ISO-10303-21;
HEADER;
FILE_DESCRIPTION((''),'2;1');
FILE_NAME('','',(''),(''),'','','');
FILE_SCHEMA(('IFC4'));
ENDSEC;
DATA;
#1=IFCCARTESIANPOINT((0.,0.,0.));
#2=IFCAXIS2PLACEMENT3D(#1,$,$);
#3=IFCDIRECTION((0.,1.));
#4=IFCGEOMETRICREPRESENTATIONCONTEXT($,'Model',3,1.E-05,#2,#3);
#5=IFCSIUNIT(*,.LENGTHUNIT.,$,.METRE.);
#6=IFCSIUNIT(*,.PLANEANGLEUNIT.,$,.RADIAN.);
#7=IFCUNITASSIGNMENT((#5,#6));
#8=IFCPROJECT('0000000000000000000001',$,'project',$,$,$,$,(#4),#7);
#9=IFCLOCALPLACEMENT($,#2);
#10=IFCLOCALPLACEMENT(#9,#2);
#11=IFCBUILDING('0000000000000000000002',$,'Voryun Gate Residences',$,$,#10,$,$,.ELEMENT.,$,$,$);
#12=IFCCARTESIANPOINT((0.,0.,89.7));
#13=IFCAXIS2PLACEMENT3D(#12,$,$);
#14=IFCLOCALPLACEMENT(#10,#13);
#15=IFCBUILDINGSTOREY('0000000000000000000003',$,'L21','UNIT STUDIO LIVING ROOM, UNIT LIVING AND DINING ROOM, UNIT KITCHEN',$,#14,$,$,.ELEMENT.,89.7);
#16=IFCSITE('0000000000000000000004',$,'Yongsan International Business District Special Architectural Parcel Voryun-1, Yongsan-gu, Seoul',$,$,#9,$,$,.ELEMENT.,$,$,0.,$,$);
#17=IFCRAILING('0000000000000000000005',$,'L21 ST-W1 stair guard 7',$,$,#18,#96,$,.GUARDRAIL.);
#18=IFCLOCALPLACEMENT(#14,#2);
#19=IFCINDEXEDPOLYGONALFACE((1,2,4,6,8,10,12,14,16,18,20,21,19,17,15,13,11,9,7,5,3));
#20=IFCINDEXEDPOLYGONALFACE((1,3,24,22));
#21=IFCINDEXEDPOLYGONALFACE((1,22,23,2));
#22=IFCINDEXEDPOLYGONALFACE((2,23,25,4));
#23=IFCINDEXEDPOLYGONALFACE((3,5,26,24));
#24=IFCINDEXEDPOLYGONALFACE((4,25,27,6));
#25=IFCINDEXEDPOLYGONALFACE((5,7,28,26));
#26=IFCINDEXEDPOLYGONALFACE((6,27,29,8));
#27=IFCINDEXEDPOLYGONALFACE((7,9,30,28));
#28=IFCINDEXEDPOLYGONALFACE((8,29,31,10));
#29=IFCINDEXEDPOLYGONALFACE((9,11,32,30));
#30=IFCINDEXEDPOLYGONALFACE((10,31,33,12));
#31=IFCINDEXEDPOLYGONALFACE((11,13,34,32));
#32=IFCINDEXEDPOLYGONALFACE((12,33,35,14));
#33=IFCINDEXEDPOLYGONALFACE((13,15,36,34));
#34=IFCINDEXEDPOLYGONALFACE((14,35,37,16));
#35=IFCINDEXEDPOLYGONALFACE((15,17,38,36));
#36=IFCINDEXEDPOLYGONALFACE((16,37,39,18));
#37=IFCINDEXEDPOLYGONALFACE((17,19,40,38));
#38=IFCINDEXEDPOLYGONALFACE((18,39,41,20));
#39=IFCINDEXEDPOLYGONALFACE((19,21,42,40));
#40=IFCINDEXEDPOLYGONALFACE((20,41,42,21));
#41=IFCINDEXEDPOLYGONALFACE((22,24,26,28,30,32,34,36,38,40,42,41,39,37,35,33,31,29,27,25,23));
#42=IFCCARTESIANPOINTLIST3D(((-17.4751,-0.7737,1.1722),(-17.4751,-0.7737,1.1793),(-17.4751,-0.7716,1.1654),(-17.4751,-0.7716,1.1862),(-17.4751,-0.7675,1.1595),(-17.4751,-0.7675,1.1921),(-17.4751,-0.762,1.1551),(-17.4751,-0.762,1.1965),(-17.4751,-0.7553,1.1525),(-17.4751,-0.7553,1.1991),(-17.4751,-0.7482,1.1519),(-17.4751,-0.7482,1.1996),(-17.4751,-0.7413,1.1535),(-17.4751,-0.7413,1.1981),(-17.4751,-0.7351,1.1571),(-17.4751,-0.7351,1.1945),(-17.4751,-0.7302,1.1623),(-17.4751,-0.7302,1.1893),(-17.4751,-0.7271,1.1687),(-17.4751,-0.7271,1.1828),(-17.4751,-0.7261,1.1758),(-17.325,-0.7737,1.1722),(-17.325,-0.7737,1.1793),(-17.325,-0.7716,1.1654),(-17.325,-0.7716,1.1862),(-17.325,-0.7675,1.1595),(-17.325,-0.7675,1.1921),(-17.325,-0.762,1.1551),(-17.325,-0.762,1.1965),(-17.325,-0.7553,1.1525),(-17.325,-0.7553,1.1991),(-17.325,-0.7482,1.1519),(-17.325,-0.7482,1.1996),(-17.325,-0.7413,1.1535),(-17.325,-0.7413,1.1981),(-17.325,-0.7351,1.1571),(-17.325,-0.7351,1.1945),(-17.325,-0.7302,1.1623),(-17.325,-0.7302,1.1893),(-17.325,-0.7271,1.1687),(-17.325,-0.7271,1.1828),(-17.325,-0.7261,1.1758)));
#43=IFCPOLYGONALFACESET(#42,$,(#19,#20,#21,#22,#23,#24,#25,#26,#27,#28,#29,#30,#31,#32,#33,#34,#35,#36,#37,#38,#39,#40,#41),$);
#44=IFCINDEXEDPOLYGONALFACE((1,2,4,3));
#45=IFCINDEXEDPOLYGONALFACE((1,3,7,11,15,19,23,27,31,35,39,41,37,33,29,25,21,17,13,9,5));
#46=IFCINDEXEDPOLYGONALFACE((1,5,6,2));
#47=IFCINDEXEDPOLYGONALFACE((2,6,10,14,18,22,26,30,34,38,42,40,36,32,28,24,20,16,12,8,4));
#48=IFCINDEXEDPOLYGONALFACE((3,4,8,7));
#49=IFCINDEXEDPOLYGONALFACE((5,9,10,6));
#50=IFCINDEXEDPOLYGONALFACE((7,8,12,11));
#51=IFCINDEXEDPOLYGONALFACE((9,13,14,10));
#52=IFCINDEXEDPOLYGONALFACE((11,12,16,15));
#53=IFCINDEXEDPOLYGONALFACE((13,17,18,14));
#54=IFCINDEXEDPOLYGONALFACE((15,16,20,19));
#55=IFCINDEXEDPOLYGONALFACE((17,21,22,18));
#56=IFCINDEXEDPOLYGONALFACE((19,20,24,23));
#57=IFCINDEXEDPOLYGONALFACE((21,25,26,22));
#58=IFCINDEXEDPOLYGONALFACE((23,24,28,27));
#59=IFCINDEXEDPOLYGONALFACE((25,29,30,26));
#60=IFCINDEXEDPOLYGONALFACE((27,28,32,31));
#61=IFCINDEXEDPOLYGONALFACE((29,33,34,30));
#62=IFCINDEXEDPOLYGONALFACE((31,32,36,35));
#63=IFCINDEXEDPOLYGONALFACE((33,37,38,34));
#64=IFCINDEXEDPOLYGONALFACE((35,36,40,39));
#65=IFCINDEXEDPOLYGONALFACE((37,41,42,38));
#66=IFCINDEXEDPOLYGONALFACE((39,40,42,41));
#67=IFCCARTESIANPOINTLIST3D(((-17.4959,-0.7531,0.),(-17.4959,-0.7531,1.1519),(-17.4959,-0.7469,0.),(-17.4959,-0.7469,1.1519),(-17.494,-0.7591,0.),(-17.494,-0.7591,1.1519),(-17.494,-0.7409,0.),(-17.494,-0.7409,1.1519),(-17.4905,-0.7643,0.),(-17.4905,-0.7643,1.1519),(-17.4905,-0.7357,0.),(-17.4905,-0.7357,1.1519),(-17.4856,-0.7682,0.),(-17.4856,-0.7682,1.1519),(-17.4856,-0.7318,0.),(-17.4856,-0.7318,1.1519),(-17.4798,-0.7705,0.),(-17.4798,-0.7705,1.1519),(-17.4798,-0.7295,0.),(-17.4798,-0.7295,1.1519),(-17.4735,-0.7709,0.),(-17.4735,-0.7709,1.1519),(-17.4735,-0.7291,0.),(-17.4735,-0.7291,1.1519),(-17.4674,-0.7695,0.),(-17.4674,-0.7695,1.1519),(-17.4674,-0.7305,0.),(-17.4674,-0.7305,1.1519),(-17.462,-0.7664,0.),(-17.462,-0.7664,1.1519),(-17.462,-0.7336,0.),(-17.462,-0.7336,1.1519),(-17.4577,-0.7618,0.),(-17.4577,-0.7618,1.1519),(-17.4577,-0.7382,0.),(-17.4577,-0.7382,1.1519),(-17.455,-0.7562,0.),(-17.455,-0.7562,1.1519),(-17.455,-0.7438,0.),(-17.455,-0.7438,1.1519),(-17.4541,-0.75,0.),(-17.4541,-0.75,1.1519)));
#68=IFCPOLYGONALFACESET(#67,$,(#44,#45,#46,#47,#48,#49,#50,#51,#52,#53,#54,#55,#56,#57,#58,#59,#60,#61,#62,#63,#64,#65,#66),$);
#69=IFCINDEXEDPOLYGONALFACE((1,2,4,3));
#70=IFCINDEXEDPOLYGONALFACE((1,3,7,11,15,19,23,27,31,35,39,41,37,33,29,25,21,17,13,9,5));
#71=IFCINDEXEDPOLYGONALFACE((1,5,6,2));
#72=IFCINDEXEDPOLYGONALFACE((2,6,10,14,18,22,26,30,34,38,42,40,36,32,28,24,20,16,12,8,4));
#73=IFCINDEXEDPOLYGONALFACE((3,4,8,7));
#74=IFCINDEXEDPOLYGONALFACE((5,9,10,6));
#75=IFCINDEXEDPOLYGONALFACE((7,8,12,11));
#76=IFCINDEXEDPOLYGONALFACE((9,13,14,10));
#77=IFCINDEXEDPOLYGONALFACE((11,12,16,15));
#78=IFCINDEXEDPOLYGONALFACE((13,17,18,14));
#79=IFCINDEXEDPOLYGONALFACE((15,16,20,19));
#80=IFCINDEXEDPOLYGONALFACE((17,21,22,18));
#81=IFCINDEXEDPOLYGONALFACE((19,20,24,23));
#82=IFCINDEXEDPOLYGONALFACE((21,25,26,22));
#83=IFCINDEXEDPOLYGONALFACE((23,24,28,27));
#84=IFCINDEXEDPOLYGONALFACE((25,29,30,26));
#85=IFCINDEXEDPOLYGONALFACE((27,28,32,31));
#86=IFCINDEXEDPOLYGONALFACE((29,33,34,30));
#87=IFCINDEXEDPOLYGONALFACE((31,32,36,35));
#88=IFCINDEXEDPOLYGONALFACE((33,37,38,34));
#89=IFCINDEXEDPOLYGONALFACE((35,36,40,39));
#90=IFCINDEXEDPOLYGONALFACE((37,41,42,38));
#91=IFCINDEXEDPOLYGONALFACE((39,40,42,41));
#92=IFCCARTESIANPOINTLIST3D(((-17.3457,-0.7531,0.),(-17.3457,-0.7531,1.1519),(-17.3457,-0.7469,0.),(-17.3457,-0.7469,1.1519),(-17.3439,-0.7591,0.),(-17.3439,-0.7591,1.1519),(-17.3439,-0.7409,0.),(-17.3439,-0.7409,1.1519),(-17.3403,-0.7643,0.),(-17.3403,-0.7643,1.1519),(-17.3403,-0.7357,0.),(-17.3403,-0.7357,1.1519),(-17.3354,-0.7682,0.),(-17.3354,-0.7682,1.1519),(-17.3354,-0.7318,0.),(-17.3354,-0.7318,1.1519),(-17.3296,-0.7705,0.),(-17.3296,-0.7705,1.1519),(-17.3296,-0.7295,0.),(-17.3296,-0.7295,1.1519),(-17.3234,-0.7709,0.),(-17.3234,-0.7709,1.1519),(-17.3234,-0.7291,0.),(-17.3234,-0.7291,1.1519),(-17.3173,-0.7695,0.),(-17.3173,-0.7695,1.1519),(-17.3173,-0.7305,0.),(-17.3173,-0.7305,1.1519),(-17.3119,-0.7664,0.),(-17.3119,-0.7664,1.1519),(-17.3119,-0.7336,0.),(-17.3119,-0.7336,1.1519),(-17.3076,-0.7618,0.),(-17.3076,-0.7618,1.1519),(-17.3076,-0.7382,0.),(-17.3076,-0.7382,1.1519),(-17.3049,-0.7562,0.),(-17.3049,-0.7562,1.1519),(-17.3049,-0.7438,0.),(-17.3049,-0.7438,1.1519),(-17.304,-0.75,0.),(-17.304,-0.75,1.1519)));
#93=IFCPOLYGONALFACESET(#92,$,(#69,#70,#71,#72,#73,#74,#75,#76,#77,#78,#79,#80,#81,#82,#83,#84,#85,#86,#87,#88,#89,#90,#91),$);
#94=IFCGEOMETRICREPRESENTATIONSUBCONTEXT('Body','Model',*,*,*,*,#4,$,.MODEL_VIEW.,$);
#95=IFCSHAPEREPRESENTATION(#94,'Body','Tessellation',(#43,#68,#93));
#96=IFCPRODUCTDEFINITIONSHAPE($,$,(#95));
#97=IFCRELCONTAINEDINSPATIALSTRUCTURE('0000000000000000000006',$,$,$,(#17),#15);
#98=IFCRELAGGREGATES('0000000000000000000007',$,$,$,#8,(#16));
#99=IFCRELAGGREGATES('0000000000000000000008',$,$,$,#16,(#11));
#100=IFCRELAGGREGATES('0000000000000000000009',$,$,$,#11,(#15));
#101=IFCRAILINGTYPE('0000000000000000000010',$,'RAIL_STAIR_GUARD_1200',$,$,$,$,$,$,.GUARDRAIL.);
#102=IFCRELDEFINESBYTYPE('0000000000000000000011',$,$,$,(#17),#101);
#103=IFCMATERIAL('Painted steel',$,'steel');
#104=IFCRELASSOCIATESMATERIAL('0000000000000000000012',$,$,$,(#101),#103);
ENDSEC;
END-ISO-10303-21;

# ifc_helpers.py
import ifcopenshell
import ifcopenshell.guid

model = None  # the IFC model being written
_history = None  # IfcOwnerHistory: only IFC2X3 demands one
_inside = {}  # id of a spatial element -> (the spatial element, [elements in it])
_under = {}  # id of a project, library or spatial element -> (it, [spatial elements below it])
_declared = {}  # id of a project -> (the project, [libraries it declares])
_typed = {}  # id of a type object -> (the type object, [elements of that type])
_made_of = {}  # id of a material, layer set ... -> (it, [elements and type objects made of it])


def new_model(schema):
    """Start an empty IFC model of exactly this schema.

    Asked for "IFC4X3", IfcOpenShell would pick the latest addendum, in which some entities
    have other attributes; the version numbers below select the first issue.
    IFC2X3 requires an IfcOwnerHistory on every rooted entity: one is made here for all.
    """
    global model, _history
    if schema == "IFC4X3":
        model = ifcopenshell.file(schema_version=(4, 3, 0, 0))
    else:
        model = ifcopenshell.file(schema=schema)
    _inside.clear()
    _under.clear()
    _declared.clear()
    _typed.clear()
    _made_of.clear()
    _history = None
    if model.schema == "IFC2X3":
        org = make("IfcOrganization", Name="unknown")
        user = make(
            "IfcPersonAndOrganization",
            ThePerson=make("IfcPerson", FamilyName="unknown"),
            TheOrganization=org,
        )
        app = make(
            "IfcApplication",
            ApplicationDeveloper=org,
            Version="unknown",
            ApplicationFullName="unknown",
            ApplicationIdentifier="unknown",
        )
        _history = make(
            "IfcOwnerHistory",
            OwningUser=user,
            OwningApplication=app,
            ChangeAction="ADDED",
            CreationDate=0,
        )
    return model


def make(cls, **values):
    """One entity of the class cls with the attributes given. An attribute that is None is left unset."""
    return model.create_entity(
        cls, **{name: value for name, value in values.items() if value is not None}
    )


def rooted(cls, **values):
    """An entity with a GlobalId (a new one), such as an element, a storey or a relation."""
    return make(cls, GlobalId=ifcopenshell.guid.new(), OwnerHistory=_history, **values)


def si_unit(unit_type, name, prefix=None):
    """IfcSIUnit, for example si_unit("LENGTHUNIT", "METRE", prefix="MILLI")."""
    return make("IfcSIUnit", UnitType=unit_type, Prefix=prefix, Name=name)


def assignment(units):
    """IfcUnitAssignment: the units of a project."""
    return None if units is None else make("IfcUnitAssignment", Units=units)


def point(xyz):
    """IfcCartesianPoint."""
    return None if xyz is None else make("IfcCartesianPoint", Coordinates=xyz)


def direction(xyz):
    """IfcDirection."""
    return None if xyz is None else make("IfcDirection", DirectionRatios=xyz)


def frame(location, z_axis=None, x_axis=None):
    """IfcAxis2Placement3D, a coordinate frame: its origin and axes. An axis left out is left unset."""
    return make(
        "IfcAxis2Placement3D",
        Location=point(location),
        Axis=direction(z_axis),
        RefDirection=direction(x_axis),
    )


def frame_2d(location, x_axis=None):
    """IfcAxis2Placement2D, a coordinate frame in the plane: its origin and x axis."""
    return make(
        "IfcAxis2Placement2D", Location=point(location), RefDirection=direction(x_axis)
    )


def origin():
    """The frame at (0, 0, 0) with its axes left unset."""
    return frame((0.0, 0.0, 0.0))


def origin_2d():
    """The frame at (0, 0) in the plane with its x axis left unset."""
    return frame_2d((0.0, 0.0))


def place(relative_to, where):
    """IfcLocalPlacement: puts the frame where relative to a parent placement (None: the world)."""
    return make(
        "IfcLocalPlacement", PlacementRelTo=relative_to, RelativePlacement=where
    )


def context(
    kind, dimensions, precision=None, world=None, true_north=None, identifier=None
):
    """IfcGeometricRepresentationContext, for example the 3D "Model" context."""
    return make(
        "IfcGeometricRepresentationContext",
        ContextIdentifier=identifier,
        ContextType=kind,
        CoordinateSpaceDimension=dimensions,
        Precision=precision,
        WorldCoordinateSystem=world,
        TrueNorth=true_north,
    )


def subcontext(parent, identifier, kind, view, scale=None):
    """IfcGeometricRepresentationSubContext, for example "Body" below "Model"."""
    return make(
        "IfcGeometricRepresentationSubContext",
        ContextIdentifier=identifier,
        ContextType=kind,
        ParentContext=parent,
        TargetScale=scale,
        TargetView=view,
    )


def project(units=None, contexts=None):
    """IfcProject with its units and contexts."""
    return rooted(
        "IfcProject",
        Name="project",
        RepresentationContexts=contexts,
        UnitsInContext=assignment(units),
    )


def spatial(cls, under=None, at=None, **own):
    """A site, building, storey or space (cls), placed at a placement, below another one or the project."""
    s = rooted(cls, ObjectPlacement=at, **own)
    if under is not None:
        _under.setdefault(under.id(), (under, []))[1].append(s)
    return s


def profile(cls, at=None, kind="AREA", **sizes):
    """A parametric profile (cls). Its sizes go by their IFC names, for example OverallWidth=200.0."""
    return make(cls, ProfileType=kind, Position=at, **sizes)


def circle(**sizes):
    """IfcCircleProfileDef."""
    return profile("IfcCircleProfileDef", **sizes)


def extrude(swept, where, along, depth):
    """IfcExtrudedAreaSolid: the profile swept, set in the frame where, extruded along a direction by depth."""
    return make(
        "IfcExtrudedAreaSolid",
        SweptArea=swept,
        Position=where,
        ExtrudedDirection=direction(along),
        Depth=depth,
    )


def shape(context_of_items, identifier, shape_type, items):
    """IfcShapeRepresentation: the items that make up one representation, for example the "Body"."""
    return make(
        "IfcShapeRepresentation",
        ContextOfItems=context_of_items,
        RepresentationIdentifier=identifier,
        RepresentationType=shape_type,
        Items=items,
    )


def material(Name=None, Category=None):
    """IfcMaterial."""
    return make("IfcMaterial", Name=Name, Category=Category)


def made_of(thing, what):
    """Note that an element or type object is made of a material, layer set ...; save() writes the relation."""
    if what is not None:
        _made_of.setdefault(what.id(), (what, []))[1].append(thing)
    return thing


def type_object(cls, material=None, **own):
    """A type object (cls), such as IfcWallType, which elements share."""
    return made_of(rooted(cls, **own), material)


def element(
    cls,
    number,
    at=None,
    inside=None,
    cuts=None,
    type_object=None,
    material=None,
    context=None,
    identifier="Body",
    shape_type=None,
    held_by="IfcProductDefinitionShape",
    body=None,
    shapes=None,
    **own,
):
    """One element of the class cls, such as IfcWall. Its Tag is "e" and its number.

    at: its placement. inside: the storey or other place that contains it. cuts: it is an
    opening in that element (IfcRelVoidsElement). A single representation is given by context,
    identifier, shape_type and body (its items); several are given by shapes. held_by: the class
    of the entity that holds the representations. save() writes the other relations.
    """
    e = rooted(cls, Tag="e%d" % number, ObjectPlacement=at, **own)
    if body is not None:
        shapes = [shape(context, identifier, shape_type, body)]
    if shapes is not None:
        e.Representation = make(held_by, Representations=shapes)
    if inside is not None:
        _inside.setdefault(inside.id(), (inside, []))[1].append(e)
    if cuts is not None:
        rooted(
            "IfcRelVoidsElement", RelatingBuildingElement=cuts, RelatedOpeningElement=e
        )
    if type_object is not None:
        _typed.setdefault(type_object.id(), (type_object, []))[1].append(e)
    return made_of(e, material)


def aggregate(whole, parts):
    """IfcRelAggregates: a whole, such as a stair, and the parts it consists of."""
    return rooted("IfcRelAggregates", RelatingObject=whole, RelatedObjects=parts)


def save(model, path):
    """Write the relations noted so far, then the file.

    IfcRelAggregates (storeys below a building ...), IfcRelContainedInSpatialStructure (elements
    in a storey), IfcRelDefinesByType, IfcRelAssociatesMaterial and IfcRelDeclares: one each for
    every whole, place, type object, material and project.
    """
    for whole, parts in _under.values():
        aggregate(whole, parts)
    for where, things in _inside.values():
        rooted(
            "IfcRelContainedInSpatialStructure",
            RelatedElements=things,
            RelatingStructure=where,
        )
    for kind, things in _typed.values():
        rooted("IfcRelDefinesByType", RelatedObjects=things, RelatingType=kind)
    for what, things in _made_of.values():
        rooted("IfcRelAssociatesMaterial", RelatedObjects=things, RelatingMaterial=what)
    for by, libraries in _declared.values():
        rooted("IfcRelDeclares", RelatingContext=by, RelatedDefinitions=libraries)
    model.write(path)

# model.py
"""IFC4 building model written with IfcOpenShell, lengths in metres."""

from ifc_helpers import new_model, si_unit, direction, frame, origin, origin_2d, place, context, subcontext, project, spatial, circle, extrude, material, type_object, element, save


model = new_model("IFC4")

# Units and contexts
model_context = context("Model", 3, precision=1e-05, world=origin(), true_north=direction((0.0, 1.0)))
body_context = subcontext(model_context, "Body", "Model", "MODEL_VIEW")
ifc_project = project(units=[si_unit("LENGTHUNIT", "METRE"), si_unit("PLANEANGLEUNIT", "RADIAN")], contexts=[model_context])

# Site, building, storey
site_placement = place(None, origin())
site = spatial("IfcSite", under=ifc_project, at=site_placement, Name="Yongsan International Business District Special Architectural Parcel Voryun-1, Yongsan-gu, Seoul", CompositionType="ELEMENT", RefElevation=0.0)
building_placement = place(site_placement, origin())
building = spatial("IfcBuilding", under=site, at=building_placement, Name="Voryun Gate Residences", CompositionType="ELEMENT")
storey_placement = place(building_placement, frame((0.0, 0.0, 89.7)))
storey = spatial("IfcBuildingStorey", under=building, at=storey_placement, Name="L21", Description="UNIT STUDIO LIVING ROOM, UNIT LIVING AND DINING ROOM, UNIT KITCHEN", CompositionType="ELEMENT", Elevation=89.7)

# Railing
ifc_material_1 = material(Name="Painted steel", Category="steel")
railing_type_1 = type_object("IfcRailingType", Name="RAIL_STAIR_GUARD_1200", PredefinedType="GUARDRAIL", material=ifc_material_1)
railing_1_placement = place(storey_placement, frame((-17.4751, -0.75, 0.0)))
element("IfcRailing", 1, at=railing_1_placement, inside=storey, type_object=railing_type_1, Name="L21 ST-W1 stair guard 7", PredefinedType="GUARDRAIL", context=body_context, shape_type="SweptSolid", body=[
    extrude(circle(Radius=0.0239, at=origin_2d()), frame((0.0, 0.0, 1.1758), z_axis=(1.0, 0.0, 0.0), x_axis=(0.0, 1.0, 0.0)), (0.0, 0.0, 1.0), 0.1501),
    extrude(circle(Radius=0.021, at=origin_2d()), origin(), (0.0, 0.0, 1.0), 1.1519),
    extrude(circle(Radius=0.021, at=origin_2d()), frame((0.1501, 0.0, 0.0)), (0.0, 0.0, 1.0), 1.1519),
])

save(model, "model.ifc")
